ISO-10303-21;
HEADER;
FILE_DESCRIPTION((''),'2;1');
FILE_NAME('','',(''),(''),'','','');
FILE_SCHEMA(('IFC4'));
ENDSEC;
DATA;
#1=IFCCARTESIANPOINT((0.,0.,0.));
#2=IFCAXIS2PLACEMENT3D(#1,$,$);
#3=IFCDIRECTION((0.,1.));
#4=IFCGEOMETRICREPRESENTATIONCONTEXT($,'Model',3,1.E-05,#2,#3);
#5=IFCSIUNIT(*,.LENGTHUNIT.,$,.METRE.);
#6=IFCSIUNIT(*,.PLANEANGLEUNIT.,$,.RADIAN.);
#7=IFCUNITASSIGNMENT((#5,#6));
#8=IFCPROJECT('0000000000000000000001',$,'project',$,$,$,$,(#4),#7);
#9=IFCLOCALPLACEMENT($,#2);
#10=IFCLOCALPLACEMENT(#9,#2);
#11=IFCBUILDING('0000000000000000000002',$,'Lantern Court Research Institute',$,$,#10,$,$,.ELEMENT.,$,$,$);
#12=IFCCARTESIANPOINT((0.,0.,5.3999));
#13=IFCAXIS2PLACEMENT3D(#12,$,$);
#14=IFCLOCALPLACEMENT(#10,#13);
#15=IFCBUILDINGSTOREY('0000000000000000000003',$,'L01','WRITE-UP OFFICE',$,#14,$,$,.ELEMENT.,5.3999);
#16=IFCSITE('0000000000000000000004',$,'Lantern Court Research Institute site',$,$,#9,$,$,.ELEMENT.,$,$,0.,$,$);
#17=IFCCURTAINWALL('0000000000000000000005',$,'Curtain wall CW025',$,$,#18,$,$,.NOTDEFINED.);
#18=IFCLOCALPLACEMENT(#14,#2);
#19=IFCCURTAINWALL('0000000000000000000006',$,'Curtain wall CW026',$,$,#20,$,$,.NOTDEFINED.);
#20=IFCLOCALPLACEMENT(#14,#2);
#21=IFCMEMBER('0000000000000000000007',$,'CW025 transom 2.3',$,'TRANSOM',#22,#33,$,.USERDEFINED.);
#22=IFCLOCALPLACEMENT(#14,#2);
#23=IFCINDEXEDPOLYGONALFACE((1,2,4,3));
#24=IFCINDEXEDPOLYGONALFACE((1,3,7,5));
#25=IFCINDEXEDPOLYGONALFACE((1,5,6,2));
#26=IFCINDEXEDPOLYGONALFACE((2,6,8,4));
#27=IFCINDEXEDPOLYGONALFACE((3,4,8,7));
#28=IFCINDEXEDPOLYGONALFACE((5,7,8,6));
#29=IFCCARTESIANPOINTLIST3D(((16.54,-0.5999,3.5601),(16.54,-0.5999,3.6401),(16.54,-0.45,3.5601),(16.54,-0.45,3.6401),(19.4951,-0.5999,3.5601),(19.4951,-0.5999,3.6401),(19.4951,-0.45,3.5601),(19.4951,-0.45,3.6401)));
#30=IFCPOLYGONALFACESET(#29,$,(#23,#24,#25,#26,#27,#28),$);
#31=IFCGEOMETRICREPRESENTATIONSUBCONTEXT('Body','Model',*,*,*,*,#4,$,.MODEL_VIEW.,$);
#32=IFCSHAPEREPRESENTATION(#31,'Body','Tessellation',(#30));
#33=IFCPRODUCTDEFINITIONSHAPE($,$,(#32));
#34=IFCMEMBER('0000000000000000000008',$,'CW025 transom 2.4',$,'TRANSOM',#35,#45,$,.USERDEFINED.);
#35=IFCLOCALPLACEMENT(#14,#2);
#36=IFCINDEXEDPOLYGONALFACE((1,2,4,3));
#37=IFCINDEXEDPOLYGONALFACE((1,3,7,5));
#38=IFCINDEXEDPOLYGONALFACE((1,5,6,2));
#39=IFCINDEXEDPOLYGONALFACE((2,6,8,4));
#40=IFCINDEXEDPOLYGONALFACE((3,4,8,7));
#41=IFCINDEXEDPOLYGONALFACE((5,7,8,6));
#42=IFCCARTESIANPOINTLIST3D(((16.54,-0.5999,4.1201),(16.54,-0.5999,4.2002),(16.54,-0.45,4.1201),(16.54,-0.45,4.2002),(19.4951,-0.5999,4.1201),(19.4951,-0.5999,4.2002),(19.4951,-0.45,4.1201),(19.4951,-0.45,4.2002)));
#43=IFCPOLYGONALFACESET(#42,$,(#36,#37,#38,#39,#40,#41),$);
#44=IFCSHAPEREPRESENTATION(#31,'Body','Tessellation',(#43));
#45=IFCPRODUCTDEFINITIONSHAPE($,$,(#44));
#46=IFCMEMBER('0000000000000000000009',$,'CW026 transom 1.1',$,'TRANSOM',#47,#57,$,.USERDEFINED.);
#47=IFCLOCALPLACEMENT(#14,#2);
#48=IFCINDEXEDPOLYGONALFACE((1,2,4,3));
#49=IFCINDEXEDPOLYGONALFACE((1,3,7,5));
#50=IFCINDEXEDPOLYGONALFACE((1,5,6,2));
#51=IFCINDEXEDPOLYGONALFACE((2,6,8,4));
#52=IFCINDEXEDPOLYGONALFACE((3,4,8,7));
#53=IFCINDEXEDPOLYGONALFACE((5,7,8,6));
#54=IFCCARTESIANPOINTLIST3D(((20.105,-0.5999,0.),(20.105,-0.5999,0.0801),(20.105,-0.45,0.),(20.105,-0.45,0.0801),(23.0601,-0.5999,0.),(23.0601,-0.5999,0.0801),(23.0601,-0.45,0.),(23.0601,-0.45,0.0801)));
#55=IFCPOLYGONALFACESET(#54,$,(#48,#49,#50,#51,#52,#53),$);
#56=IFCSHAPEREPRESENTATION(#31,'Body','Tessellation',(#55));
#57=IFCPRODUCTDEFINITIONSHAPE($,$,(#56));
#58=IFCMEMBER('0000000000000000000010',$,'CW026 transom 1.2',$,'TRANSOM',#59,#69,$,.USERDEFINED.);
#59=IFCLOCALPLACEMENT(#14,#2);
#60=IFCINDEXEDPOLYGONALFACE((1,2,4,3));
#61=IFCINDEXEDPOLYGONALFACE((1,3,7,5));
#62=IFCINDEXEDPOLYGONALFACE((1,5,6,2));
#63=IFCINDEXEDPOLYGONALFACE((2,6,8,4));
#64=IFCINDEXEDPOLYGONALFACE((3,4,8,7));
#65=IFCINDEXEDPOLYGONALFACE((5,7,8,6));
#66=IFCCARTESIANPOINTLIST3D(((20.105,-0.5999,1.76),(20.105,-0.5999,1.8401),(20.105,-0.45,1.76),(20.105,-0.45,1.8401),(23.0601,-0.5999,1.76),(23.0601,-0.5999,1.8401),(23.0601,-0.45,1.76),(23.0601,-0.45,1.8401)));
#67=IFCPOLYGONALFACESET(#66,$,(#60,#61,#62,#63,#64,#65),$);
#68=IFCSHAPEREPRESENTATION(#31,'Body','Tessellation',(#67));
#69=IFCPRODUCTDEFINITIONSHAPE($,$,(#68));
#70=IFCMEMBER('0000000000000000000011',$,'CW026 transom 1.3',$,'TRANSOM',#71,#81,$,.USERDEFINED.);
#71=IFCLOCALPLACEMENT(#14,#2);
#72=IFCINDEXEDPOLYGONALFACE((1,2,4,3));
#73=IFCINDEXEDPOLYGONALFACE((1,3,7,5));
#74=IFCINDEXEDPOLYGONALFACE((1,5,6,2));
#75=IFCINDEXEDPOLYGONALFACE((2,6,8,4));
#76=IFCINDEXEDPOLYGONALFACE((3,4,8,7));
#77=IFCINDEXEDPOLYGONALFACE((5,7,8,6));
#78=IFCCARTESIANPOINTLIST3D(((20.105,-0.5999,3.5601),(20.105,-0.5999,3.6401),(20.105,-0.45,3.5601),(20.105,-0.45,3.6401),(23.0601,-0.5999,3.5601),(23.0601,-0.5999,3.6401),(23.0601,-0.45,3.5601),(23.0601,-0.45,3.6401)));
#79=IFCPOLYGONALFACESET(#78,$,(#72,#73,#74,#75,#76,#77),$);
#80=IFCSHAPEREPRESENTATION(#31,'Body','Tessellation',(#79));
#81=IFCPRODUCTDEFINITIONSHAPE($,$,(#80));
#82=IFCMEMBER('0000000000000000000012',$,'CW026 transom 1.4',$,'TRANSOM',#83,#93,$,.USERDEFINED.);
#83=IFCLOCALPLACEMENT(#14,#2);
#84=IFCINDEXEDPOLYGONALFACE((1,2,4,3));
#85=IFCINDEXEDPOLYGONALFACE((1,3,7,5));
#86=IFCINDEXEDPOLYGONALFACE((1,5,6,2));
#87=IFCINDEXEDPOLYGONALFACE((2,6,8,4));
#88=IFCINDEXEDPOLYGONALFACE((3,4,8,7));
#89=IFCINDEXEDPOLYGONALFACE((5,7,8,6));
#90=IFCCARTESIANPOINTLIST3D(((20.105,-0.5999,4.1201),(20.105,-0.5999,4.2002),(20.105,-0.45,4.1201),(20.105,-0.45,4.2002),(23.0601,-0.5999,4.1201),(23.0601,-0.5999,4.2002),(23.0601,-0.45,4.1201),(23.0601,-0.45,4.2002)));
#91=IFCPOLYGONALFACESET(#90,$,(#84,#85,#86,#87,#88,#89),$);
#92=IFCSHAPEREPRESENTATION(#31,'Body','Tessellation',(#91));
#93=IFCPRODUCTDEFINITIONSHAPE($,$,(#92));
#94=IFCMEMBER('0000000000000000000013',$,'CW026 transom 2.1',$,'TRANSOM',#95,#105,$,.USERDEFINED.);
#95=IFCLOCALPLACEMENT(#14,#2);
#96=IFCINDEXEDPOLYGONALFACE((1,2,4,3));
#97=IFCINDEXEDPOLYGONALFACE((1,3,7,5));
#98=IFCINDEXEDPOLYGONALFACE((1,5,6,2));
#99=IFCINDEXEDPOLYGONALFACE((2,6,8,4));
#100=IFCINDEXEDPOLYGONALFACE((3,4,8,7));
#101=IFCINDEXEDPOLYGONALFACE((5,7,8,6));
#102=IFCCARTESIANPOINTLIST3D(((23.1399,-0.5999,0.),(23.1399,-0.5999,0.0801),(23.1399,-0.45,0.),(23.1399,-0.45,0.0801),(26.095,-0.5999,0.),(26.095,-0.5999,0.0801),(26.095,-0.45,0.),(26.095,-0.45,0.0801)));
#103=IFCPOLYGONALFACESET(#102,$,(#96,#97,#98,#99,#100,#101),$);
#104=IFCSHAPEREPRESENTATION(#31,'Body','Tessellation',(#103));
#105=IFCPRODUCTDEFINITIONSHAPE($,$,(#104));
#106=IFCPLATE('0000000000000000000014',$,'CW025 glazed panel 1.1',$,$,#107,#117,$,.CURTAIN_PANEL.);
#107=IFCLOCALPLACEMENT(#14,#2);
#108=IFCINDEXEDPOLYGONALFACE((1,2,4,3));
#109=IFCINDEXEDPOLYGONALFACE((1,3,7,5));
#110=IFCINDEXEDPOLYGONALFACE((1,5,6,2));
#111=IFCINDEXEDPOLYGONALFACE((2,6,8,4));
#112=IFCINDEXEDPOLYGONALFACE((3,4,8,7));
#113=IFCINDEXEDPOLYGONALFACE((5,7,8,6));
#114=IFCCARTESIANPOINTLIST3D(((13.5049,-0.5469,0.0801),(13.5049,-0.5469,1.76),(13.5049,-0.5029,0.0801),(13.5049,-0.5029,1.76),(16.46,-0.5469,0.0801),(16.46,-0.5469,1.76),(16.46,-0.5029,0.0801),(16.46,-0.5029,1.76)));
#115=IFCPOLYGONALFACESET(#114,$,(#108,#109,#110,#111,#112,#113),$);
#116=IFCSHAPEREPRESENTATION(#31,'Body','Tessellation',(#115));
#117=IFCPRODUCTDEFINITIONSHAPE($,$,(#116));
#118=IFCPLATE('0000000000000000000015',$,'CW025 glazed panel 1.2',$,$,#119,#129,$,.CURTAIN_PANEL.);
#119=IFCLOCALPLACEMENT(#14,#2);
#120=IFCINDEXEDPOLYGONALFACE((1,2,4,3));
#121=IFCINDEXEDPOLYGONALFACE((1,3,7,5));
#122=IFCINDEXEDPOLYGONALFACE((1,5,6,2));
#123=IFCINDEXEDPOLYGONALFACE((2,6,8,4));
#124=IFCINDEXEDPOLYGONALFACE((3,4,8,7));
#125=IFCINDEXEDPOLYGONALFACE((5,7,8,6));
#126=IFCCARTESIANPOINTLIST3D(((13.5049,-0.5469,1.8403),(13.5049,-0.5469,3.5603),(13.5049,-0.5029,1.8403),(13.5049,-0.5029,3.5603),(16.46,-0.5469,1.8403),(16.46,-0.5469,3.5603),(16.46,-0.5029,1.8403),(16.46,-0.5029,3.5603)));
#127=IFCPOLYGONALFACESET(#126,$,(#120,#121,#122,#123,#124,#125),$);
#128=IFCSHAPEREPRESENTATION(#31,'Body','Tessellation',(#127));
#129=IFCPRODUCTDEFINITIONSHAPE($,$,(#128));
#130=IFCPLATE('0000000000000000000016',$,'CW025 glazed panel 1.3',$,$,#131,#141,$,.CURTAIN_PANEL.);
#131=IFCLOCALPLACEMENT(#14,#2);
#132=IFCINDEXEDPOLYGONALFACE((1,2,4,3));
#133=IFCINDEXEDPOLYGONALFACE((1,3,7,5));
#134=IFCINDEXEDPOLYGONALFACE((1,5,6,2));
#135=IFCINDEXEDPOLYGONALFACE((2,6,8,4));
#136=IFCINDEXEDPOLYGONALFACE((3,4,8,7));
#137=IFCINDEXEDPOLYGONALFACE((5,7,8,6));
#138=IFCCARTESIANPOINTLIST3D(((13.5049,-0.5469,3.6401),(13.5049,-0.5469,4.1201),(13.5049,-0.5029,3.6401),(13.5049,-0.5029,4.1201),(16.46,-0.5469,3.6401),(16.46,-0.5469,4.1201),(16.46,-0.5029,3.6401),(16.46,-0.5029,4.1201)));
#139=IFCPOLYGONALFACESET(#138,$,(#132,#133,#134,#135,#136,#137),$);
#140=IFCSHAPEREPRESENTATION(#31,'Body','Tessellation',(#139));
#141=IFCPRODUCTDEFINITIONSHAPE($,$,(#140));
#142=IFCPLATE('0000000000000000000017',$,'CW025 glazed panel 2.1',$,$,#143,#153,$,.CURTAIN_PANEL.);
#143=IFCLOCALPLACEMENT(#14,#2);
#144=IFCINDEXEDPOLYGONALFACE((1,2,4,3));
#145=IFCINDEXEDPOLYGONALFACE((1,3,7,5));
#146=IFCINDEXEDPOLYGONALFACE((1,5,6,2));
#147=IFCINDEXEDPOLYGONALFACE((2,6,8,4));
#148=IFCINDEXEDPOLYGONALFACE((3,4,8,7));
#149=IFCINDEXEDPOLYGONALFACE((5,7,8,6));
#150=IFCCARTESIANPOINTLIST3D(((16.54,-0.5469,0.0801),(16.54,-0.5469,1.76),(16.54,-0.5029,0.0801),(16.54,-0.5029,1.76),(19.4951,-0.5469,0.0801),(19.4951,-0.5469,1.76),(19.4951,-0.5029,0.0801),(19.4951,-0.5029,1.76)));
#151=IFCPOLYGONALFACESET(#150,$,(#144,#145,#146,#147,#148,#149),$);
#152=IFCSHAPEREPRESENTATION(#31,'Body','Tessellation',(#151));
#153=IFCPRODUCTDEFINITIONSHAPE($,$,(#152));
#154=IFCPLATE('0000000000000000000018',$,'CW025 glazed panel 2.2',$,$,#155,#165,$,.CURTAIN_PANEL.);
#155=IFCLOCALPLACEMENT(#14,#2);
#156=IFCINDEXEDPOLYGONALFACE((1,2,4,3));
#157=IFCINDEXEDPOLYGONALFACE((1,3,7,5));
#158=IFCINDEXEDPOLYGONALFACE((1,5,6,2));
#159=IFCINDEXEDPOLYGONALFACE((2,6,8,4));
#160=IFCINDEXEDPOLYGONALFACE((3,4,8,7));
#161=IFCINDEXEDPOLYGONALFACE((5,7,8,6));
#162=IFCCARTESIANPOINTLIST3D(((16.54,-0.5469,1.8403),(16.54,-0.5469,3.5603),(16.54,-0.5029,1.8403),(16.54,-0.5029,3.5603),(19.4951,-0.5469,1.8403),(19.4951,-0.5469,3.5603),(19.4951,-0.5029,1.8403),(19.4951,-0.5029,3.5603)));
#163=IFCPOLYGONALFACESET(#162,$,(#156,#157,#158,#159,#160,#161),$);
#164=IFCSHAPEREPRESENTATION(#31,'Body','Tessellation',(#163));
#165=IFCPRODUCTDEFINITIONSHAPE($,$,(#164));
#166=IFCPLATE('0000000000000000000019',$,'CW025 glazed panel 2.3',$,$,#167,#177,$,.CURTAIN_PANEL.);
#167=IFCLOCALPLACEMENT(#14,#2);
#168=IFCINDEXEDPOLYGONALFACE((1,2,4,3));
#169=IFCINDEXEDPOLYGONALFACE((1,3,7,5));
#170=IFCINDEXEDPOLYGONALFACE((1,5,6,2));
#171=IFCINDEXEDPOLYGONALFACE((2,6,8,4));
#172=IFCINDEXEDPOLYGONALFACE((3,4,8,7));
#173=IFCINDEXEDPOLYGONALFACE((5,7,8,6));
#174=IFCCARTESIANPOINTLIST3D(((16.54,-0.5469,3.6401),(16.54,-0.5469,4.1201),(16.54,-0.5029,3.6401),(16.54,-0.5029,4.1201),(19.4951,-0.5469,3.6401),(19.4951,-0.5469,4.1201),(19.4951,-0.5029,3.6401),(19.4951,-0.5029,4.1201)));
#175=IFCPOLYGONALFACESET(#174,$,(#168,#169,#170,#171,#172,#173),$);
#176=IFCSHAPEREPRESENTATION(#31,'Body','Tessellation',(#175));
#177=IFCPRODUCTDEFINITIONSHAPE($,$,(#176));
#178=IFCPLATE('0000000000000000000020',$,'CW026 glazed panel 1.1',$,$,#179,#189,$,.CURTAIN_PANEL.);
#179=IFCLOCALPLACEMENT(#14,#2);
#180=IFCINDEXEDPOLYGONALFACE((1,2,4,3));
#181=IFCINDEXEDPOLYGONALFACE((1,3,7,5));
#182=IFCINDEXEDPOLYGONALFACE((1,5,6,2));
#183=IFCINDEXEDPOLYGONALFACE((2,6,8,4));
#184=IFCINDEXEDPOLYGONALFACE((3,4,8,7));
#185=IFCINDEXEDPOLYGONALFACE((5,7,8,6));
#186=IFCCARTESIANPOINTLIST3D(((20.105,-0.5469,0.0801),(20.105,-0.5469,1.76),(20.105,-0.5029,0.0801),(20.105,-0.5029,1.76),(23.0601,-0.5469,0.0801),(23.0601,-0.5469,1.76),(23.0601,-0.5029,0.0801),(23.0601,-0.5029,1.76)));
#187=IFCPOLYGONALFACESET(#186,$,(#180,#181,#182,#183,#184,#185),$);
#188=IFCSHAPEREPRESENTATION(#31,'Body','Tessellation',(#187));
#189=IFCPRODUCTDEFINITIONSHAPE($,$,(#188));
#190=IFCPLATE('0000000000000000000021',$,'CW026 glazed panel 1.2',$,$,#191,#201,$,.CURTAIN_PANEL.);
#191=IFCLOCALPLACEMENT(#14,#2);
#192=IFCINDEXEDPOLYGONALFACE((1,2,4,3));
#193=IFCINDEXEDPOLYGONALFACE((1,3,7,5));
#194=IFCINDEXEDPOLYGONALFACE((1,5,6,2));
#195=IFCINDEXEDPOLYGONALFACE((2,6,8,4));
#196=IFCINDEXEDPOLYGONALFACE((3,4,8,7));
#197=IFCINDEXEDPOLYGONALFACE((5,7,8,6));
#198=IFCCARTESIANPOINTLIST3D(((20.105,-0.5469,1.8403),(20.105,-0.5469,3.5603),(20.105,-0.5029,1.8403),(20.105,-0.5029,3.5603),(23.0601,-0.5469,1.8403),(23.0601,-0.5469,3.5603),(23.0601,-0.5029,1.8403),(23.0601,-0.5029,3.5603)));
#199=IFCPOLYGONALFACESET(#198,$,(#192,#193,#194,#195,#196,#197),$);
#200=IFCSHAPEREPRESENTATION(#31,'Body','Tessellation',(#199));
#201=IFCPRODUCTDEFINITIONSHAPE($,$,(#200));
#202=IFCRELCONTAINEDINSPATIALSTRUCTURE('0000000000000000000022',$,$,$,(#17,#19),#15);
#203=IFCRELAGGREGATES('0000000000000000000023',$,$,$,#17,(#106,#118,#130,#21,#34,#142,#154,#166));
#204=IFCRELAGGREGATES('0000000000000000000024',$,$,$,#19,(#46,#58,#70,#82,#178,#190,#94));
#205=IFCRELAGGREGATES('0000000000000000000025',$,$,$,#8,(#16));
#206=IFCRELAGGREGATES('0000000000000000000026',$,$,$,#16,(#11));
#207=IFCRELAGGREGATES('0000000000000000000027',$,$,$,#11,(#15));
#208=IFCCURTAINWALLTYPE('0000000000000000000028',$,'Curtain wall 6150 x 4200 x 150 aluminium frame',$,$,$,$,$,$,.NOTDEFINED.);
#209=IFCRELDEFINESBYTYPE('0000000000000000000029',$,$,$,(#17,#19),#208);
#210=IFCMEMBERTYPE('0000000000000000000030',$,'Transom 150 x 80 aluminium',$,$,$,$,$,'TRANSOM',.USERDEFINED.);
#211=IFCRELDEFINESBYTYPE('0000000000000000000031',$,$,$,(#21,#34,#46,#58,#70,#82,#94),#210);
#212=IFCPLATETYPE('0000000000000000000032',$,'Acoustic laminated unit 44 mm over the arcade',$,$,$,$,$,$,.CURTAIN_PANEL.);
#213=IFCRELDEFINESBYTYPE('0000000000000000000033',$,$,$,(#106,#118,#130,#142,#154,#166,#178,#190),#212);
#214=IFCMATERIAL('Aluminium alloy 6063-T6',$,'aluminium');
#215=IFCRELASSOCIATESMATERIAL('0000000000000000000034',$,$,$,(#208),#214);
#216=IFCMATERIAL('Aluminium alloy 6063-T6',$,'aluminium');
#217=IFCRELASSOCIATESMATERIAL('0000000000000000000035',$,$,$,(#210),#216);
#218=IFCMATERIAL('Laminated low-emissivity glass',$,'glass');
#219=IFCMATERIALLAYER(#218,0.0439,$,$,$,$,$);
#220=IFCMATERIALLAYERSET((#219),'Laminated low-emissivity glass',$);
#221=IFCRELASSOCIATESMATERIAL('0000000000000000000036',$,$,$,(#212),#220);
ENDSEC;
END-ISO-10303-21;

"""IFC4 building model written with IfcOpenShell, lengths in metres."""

from ifc_helpers import new_model, si_unit, direction, frame, origin, origin_2d, place, context, subcontext, project, spatial, rectangle, extrude, material, layer, layer_set, material_profile, profile_set, type_object, element, aggregate, save


model = new_model("IFC4")

# Units and contexts
model_context = context("Model", 3, precision=1e-05, world=origin(), true_north=direction((0.0, 1.0)))
body_context = subcontext(model_context, "Body", "Model", "MODEL_VIEW")
ifc_project = project(units=[si_unit("LENGTHUNIT", "METRE"), si_unit("PLANEANGLEUNIT", "RADIAN")], contexts=[model_context])

# Site, building, storey
site_placement = place(None, origin())
site = spatial("IfcSite", under=ifc_project, at=site_placement, Name="Lantern Court Research Institute site", CompositionType="ELEMENT", RefElevation=0.0)
building_placement = place(site_placement, origin())
building = spatial("IfcBuilding", under=site, at=building_placement, Name="Lantern Court Research Institute", CompositionType="ELEMENT")
storey_placement = place(building_placement, frame((0.0, 0.0, 5.3999)))
storey = spatial("IfcBuildingStorey", under=building, at=storey_placement, Name="L01", Description="WRITE-UP OFFICE", CompositionType="ELEMENT", Elevation=5.3999)

# Curtain walls
ifc_material_1 = material(Name="Aluminium alloy 6063-T6", Category="aluminium")
curtain_wall_type = type_object("IfcCurtainWallType", Name="Curtain wall 6150 x 4200 x 150 aluminium frame", PredefinedType="NOTDEFINED", material=ifc_material_1)
curtain_wall_1_placement = place(storey_placement, origin())
curtain_wall_1 = element("IfcCurtainWall", 1, at=curtain_wall_1_placement, inside=storey, type_object=curtain_wall_type, Name="Curtain wall CW025", PredefinedType="NOTDEFINED")
curtain_wall_2_placement = place(storey_placement, origin())
curtain_wall_2 = element("IfcCurtainWall", 2, at=curtain_wall_2_placement, inside=storey, type_object=curtain_wall_type, Name="Curtain wall CW026", PredefinedType="NOTDEFINED")

# Members
ifc_material_2 = material(Name="Aluminium alloy 6063-T6", Category="aluminium")
ifc_material_profile_1 = material_profile(ifc_material_2, rectangle(XDim=0.1499, YDim=0.0801, at=origin_2d()), Name="Transom 150 x 80")
ifc_profile_set_1 = profile_set([ifc_material_profile_1], Name="Aluminium alloy 6063-T6")
member_type_1 = type_object("IfcMemberType", Name="Transom 150 x 80 aluminium", ElementType="TRANSOM", PredefinedType="USERDEFINED", material=ifc_profile_set_1)
member_1_placement = place(storey_placement, frame((19.4951, -0.5249, 3.6001), z_axis=(-1.0, 0.0, 0.0), x_axis=(0.0, -1.0, 0.0)))
member_1 = element("IfcMember", 3, at=member_1_placement, type_object=member_type_1, Name="CW025 transom 2.3", ObjectType="TRANSOM", PredefinedType="USERDEFINED", context=body_context, shape_type="SweptSolid", body=[
    extrude(rectangle(XDim=0.1499, YDim=0.0801, at=origin_2d()), origin(), (0.0, 0.0, 1.0), 2.9551),
])
member_2_placement = place(storey_placement, frame((19.4951, -0.5249, 4.1602), z_axis=(-1.0, 0.0, 0.0), x_axis=(0.0, -1.0, 0.0)))
member_2 = element("IfcMember", 4, at=member_2_placement, type_object=member_type_1, Name="CW025 transom 2.4", ObjectType="TRANSOM", PredefinedType="USERDEFINED", context=body_context, shape_type="SweptSolid", body=[
    extrude(rectangle(XDim=0.1499, YDim=0.0801, at=origin_2d()), origin(), (0.0, 0.0, 1.0), 2.9551),
])
member_3_placement = place(storey_placement, frame((23.0601, -0.5249, 0.04), z_axis=(-1.0, 0.0, 0.0), x_axis=(0.0, -1.0, 0.0)))
member_3 = element("IfcMember", 5, at=member_3_placement, type_object=member_type_1, Name="CW026 transom 1.1", ObjectType="TRANSOM", PredefinedType="USERDEFINED", context=body_context, shape_type="SweptSolid", body=[
    extrude(rectangle(XDim=0.1499, YDim=0.0801, at=origin_2d()), origin(), (0.0, 0.0, 1.0), 2.9551),
])
member_4_placement = place(storey_placement, frame((23.0601, -0.5249, 1.8), z_axis=(-1.0, 0.0, 0.0), x_axis=(0.0, -1.0, 0.0)))
member_4 = element("IfcMember", 6, at=member_4_placement, type_object=member_type_1, Name="CW026 transom 1.2", ObjectType="TRANSOM", PredefinedType="USERDEFINED", context=body_context, shape_type="SweptSolid", body=[
    extrude(rectangle(XDim=0.1499, YDim=0.0801, at=origin_2d()), origin(), (0.0, 0.0, 1.0), 2.9551),
])
member_5_placement = place(storey_placement, frame((23.0601, -0.5249, 3.6001), z_axis=(-1.0, 0.0, 0.0), x_axis=(0.0, -1.0, 0.0)))
member_5 = element("IfcMember", 7, at=member_5_placement, type_object=member_type_1, Name="CW026 transom 1.3", ObjectType="TRANSOM", PredefinedType="USERDEFINED", context=body_context, shape_type="SweptSolid", body=[
    extrude(rectangle(XDim=0.1499, YDim=0.0801, at=origin_2d()), origin(), (0.0, 0.0, 1.0), 2.9551),
])
member_6_placement = place(storey_placement, frame((23.0601, -0.5249, 4.1602), z_axis=(-1.0, 0.0, 0.0), x_axis=(0.0, -1.0, 0.0)))
member_6 = element("IfcMember", 8, at=member_6_placement, type_object=member_type_1, Name="CW026 transom 1.4", ObjectType="TRANSOM", PredefinedType="USERDEFINED", context=body_context, shape_type="SweptSolid", body=[
    extrude(rectangle(XDim=0.1499, YDim=0.0801, at=origin_2d()), origin(), (0.0, 0.0, 1.0), 2.9551),
])
member_7_placement = place(storey_placement, frame((26.095, -0.5249, 0.04), z_axis=(-1.0, 0.0, 0.0), x_axis=(0.0, -1.0, 0.0)))
member_7 = element("IfcMember", 9, at=member_7_placement, type_object=member_type_1, Name="CW026 transom 2.1", ObjectType="TRANSOM", PredefinedType="USERDEFINED", context=body_context, shape_type="SweptSolid", body=[
    extrude(rectangle(XDim=0.1499, YDim=0.0801, at=origin_2d()), origin(), (0.0, 0.0, 1.0), 2.9551),
])

# Plates
ifc_material_3 = material(Name="Laminated low-emissivity glass", Category="glass")
ifc_layer_1 = layer(ifc_material_3, 0.0439)
ifc_layer_set_1 = layer_set([ifc_layer_1], Name="Laminated low-emissivity glass")
plate_type = type_object("IfcPlateType", Name="Acoustic laminated unit 44 mm over the arcade", PredefinedType="CURTAIN_PANEL", material=ifc_layer_set_1)
plate_1_placement = place(storey_placement, frame((14.9824, -0.5249, 0.0801), z_axis=(0.0, 0.0, 1.0), x_axis=(-1.0, 0.0, 0.0)))
plate_1 = element("IfcPlate", 10, at=plate_1_placement, type_object=plate_type, Name="CW025 glazed panel 1.1", PredefinedType="CURTAIN_PANEL", context=body_context, shape_type="SweptSolid", body=[
    extrude(rectangle(XDim=2.9551, YDim=0.0439, at=origin_2d()), origin(), (0.0, 0.0, 1.0), 1.6799),
])
plate_2_placement = place(storey_placement, frame((14.9824, -0.5249, 1.8403), z_axis=(0.0, 0.0, 1.0), x_axis=(-1.0, 0.0, 0.0)))
plate_2 = element("IfcPlate", 11, at=plate_2_placement, type_object=plate_type, Name="CW025 glazed panel 1.2", PredefinedType="CURTAIN_PANEL", context=body_context, shape_type="SweptSolid", body=[
    extrude(rectangle(XDim=2.9551, YDim=0.0439, at=origin_2d()), origin(), (0.0, 0.0, 1.0), 1.72),
])
plate_3_placement = place(storey_placement, frame((14.9824, -0.5249, 3.6401), z_axis=(0.0, 0.0, 1.0), x_axis=(-1.0, 0.0, 0.0)))
plate_3 = element("IfcPlate", 12, at=plate_3_placement, type_object=plate_type, Name="CW025 glazed panel 1.3", PredefinedType="CURTAIN_PANEL", context=body_context, shape_type="SweptSolid", body=[
    extrude(rectangle(XDim=2.9551, YDim=0.0439, at=origin_2d()), origin(), (0.0, 0.0, 1.0), 0.48),
])
plate_4_placement = place(storey_placement, frame((18.0176, -0.5249, 0.0801), z_axis=(0.0, 0.0, 1.0), x_axis=(-1.0, 0.0, 0.0)))
plate_4 = element("IfcPlate", 13, at=plate_4_placement, type_object=plate_type, Name="CW025 glazed panel 2.1", PredefinedType="CURTAIN_PANEL", context=body_context, shape_type="SweptSolid", body=[
    extrude(rectangle(XDim=2.9551, YDim=0.0439, at=origin_2d()), origin(), (0.0, 0.0, 1.0), 1.6799),
])
plate_5_placement = place(storey_placement, frame((18.0176, -0.5249, 1.8403), z_axis=(0.0, 0.0, 1.0), x_axis=(-1.0, 0.0, 0.0)))
plate_5 = element("IfcPlate", 14, at=plate_5_placement, type_object=plate_type, Name="CW025 glazed panel 2.2", PredefinedType="CURTAIN_PANEL", context=body_context, shape_type="SweptSolid", body=[
    extrude(rectangle(XDim=2.9551, YDim=0.0439, at=origin_2d()), origin(), (0.0, 0.0, 1.0), 1.72),
])
plate_6_placement = place(storey_placement, frame((18.0176, -0.5249, 3.6401), z_axis=(0.0, 0.0, 1.0), x_axis=(-1.0, 0.0, 0.0)))
plate_6 = element("IfcPlate", 15, at=plate_6_placement, type_object=plate_type, Name="CW025 glazed panel 2.3", PredefinedType="CURTAIN_PANEL", context=body_context, shape_type="SweptSolid", body=[
    extrude(rectangle(XDim=2.9551, YDim=0.0439, at=origin_2d()), origin(), (0.0, 0.0, 1.0), 0.48),
])
aggregate(curtain_wall_1, [plate_1, plate_2, plate_3, member_1, member_2, plate_4, plate_5, plate_6])
plate_7_placement = place(storey_placement, frame((21.5825, -0.5249, 0.0801), z_axis=(0.0, 0.0, 1.0), x_axis=(-1.0, 0.0, 0.0)))
plate_7 = element("IfcPlate", 16, at=plate_7_placement, type_object=plate_type, Name="CW026 glazed panel 1.1", PredefinedType="CURTAIN_PANEL", context=body_context, shape_type="SweptSolid", body=[
    extrude(rectangle(XDim=2.9551, YDim=0.0439, at=origin_2d()), origin(), (0.0, 0.0, 1.0), 1.6799),
])
plate_8_placement = place(storey_placement, frame((21.5825, -0.5249, 1.8403), z_axis=(0.0, 0.0, 1.0), x_axis=(-1.0, 0.0, 0.0)))
plate_8 = element("IfcPlate", 17, at=plate_8_placement, type_object=plate_type, Name="CW026 glazed panel 1.2", PredefinedType="CURTAIN_PANEL", context=body_context, shape_type="SweptSolid", body=[
    extrude(rectangle(XDim=2.9551, YDim=0.0439, at=origin_2d()), origin(), (0.0, 0.0, 1.0), 1.72),
])
aggregate(curtain_wall_2, [member_3, member_4, member_5, member_6, plate_7, plate_8, member_7])

save(model, "model.ifc")
